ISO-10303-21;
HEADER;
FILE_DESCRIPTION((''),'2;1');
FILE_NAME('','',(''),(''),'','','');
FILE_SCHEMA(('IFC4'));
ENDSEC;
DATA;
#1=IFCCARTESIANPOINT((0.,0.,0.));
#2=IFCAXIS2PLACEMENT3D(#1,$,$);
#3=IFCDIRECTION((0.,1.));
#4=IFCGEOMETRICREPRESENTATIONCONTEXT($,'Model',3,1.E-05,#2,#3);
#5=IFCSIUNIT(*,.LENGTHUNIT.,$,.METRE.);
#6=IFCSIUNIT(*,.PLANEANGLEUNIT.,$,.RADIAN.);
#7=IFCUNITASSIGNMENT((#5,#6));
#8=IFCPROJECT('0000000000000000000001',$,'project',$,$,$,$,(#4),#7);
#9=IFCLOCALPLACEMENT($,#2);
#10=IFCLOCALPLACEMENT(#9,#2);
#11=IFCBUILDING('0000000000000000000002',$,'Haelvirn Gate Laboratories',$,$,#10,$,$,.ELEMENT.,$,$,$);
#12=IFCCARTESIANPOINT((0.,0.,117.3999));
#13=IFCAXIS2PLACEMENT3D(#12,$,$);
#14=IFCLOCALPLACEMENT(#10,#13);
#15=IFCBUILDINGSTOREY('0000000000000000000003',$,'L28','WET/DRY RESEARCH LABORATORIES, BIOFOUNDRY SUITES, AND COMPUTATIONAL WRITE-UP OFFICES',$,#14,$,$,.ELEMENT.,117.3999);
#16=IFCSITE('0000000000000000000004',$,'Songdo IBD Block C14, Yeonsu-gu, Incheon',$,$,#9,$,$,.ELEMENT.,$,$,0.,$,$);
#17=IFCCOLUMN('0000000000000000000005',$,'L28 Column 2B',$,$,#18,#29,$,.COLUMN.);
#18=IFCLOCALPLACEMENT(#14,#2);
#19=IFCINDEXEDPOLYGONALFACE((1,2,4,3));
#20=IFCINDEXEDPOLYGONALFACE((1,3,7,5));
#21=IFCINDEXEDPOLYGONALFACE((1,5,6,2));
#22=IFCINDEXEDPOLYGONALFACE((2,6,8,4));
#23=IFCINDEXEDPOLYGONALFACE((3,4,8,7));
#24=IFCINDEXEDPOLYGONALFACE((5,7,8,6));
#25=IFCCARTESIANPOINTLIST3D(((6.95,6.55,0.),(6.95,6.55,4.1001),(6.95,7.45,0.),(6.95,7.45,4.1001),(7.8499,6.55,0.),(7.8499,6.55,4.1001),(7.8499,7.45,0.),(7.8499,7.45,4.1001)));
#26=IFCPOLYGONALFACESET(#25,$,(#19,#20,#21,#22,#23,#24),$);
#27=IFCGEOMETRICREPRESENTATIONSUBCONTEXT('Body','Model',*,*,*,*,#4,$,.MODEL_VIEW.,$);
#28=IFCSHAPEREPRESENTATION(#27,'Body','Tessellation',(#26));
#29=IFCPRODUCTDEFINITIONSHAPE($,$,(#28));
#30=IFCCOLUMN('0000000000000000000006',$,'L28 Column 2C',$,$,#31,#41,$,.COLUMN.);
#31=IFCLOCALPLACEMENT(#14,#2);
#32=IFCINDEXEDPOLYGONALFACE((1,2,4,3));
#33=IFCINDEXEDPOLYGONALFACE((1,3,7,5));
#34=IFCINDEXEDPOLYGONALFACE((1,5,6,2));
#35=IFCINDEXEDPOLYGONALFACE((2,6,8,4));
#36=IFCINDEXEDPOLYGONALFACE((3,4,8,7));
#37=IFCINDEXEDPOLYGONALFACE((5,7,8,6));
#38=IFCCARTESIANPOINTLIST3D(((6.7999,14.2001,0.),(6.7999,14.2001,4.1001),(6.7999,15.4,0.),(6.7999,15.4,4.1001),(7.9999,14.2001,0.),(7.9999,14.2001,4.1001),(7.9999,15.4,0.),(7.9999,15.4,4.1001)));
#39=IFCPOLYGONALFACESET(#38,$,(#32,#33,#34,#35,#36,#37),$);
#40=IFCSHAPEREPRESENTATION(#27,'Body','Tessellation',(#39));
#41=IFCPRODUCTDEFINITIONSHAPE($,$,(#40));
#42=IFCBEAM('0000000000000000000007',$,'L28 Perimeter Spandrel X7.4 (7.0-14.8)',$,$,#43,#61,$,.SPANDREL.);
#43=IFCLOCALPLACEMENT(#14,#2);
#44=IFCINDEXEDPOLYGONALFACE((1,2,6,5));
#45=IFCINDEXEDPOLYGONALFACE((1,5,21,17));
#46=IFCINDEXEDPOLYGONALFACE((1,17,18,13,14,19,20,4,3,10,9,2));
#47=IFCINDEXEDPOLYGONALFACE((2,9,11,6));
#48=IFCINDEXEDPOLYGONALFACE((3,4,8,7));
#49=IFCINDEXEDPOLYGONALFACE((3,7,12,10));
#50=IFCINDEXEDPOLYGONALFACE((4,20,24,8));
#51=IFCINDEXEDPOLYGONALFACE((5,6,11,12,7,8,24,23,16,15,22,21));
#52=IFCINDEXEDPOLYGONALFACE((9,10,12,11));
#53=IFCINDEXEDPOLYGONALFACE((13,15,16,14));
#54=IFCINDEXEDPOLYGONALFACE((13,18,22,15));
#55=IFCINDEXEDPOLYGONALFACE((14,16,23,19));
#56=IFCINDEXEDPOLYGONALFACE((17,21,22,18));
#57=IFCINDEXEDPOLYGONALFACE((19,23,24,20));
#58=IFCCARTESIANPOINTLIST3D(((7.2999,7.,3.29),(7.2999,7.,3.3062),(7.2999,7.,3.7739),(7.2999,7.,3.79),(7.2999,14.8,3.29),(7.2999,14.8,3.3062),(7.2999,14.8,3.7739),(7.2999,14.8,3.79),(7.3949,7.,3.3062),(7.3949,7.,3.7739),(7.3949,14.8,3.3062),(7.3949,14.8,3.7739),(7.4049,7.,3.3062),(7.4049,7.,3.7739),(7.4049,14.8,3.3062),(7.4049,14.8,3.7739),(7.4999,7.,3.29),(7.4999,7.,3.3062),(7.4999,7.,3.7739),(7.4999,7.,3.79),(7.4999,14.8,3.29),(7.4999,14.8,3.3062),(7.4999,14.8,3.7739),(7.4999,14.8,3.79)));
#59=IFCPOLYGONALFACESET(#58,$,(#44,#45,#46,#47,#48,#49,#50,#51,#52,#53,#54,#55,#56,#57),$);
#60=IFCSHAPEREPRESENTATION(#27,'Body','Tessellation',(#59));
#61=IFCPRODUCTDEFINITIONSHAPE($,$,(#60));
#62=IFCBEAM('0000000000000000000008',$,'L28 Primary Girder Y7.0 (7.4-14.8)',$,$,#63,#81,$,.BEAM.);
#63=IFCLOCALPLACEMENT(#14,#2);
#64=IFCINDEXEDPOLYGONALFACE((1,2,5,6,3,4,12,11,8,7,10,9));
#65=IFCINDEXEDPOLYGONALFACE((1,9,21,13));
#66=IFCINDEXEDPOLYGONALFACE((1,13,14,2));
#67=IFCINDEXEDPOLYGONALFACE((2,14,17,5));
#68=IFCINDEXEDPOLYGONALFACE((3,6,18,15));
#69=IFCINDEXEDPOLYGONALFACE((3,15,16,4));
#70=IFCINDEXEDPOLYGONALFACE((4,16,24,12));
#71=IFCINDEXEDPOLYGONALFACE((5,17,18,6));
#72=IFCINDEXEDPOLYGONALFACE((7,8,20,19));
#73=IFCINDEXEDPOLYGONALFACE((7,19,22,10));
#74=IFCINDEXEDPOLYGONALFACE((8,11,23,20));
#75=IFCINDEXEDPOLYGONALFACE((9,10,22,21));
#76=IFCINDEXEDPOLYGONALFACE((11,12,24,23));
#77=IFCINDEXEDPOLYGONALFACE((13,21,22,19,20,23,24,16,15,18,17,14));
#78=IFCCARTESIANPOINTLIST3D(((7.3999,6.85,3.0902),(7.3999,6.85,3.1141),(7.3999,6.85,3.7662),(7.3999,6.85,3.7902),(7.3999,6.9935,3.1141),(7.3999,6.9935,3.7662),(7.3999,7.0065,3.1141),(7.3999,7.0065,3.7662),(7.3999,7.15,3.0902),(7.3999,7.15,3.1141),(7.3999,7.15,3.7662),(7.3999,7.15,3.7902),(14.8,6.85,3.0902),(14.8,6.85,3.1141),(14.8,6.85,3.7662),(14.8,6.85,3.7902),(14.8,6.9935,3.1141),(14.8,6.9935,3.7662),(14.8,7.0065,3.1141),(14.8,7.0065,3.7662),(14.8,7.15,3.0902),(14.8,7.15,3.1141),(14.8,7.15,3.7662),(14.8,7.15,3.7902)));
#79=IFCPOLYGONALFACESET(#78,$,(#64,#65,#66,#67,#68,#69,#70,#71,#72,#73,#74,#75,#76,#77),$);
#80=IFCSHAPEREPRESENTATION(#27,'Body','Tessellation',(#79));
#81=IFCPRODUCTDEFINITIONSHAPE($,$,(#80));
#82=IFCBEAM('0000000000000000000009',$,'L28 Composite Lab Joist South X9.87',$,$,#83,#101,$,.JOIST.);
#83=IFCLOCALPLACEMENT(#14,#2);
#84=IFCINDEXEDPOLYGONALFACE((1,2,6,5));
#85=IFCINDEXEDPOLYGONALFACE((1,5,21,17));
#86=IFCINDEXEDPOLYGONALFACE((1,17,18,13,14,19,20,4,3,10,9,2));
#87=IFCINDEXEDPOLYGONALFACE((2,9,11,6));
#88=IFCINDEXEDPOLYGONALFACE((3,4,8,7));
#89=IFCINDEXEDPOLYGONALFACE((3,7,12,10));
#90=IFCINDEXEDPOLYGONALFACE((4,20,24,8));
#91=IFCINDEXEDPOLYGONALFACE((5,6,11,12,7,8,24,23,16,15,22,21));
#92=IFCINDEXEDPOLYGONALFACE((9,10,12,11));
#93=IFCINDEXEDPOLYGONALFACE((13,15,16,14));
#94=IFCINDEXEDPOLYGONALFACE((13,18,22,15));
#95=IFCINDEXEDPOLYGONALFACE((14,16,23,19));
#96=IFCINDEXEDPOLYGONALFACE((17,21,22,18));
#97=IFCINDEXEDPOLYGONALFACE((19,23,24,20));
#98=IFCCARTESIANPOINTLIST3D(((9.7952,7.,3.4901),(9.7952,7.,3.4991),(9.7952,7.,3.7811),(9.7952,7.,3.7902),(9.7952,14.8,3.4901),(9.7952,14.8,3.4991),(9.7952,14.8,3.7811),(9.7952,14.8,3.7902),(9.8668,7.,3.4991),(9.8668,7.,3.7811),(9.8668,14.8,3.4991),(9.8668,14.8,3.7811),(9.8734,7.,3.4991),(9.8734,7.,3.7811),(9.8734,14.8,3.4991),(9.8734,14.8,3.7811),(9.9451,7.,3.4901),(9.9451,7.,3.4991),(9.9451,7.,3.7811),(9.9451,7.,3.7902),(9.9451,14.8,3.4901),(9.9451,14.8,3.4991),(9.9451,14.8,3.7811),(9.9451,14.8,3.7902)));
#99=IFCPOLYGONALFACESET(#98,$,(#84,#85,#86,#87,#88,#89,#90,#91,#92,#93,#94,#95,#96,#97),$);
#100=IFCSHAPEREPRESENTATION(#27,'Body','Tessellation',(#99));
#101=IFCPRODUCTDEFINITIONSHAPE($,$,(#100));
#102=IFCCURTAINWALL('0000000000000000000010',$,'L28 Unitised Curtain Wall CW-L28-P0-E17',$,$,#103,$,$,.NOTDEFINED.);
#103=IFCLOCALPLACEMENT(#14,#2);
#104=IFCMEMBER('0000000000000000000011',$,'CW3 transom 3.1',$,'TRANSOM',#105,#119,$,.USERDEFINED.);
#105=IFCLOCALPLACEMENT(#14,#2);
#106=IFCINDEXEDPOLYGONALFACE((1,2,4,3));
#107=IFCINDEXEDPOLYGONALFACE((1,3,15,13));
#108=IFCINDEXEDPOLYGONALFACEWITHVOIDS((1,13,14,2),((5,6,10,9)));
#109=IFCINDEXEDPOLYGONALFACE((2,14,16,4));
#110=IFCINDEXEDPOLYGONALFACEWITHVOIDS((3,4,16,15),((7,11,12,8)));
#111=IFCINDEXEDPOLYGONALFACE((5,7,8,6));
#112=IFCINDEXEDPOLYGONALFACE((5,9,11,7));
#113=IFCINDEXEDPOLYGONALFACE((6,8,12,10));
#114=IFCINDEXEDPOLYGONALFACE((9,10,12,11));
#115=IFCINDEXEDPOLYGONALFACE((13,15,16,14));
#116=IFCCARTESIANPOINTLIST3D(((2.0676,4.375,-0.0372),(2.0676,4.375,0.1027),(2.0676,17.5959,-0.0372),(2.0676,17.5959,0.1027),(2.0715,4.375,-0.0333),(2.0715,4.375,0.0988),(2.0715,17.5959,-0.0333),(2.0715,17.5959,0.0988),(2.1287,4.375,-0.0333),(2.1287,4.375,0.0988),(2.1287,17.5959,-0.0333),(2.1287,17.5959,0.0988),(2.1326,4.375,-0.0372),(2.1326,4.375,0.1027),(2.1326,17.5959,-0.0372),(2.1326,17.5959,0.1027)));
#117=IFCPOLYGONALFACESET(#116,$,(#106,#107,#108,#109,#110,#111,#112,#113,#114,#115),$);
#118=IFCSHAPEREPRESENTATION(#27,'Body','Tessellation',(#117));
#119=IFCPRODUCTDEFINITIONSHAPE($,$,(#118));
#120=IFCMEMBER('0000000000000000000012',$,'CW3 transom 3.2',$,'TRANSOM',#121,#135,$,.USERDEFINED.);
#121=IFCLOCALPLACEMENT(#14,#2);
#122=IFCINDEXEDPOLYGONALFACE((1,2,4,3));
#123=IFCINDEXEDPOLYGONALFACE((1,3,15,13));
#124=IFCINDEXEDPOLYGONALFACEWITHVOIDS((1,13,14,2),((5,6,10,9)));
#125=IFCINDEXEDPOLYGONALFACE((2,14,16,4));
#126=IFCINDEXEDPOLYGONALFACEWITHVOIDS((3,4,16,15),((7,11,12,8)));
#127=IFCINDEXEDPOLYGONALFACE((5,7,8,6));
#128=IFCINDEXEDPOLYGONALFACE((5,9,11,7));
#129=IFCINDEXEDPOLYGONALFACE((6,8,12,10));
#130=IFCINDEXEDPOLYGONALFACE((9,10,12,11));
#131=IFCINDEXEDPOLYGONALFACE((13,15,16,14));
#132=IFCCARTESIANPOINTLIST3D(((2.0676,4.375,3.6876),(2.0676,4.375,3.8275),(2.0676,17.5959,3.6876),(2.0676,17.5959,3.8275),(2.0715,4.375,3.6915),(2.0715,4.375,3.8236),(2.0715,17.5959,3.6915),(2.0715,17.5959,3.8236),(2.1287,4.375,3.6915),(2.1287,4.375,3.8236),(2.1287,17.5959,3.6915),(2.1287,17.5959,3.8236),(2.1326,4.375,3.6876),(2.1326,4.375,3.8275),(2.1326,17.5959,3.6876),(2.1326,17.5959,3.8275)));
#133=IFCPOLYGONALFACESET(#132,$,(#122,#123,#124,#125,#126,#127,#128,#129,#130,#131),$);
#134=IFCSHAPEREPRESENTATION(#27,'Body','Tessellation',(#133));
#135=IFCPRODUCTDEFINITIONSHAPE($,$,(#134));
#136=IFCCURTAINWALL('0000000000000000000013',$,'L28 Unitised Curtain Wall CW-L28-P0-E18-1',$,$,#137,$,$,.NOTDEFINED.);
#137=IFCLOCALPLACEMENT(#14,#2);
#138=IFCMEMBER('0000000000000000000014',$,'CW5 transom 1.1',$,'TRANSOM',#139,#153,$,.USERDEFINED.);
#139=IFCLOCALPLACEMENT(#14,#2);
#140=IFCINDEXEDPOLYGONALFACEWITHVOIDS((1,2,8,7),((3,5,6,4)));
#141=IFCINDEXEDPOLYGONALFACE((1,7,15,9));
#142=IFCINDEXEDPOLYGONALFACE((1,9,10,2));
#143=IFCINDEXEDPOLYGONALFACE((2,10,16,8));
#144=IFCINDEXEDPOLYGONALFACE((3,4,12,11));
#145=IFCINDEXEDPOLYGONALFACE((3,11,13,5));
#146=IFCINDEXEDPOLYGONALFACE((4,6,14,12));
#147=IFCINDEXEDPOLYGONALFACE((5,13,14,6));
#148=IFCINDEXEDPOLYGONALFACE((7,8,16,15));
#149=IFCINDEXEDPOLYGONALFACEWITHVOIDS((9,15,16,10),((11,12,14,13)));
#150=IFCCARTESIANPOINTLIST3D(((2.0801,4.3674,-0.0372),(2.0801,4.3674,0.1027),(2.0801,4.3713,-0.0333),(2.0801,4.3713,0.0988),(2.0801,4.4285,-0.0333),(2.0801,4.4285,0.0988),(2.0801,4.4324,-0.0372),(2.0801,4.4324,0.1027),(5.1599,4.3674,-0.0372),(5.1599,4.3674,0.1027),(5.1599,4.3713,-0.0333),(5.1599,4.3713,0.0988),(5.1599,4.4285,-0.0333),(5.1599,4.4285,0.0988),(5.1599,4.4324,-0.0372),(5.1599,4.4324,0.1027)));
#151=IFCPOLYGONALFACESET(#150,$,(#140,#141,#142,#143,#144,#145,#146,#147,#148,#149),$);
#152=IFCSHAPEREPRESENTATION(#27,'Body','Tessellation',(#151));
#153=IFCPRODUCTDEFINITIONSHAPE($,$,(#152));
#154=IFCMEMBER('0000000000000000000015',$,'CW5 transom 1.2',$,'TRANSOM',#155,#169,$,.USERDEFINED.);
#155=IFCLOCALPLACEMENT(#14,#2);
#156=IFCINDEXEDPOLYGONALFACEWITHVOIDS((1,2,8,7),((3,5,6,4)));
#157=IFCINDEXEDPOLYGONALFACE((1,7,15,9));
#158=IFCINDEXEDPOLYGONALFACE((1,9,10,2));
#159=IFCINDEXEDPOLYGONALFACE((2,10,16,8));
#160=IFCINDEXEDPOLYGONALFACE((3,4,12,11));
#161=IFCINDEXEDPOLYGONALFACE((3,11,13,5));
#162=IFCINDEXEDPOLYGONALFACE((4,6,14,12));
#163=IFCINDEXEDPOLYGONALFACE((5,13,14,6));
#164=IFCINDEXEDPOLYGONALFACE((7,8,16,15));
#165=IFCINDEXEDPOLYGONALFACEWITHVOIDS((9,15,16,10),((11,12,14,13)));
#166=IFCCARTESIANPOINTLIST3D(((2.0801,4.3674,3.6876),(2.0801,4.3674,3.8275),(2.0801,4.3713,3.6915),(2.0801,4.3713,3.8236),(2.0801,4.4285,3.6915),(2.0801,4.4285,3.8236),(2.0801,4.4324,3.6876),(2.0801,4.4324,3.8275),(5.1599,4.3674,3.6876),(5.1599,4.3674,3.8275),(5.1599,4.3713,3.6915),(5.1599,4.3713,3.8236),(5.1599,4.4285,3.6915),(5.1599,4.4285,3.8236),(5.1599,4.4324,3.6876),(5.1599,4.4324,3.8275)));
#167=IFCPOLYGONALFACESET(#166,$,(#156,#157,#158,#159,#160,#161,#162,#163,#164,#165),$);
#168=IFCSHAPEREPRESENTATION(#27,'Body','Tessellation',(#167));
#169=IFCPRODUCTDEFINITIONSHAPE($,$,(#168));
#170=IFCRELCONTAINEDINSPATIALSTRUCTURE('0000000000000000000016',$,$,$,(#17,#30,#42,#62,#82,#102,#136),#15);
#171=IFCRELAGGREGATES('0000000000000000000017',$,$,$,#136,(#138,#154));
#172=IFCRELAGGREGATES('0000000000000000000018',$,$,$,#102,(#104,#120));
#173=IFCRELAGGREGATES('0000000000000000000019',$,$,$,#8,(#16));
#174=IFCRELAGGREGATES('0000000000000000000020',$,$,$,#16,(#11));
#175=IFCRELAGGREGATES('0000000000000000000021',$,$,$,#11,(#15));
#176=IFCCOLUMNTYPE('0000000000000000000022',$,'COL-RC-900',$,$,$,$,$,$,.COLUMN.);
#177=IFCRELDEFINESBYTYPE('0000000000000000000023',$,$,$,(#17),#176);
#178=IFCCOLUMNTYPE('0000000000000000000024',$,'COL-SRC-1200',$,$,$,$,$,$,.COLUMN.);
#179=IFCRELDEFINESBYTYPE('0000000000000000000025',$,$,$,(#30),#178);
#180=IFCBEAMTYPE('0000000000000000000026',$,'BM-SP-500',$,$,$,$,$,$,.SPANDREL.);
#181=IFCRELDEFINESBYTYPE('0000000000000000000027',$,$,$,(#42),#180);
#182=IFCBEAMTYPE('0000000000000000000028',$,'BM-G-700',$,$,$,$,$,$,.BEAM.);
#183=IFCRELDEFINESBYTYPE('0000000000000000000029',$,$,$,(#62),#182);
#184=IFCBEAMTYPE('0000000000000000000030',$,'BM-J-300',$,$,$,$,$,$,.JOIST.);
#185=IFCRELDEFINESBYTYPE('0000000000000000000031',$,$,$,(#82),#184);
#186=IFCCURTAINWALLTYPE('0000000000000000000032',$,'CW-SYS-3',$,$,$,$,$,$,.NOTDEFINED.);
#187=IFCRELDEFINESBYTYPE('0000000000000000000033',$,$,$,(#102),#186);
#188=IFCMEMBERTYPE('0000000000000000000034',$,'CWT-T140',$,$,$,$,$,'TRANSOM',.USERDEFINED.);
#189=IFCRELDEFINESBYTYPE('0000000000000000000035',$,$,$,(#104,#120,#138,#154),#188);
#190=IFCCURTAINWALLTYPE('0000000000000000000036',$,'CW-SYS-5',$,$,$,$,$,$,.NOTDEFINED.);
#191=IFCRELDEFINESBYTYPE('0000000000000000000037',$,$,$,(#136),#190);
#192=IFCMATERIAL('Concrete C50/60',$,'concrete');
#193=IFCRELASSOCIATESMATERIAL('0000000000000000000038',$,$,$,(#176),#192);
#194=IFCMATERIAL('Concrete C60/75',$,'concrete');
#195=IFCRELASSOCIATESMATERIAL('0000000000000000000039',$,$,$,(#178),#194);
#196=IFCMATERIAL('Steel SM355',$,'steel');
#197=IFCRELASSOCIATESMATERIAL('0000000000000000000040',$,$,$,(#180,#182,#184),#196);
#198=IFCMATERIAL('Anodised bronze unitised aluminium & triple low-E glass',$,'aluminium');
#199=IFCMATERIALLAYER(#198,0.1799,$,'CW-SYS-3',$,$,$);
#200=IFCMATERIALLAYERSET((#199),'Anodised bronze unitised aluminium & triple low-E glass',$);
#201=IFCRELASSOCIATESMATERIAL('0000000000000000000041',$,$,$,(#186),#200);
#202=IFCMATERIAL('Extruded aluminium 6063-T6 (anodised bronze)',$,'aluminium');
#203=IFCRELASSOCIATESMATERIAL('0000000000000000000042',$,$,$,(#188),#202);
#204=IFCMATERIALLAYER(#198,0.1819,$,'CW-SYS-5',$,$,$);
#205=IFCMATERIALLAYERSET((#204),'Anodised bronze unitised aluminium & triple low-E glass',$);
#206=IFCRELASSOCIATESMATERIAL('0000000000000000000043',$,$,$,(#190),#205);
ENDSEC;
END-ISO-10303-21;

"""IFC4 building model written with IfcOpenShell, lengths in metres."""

from ifc_helpers import new_model, si_unit, direction, frame, origin, origin_2d, place, context, subcontext, project, spatial, rectangle, hollow_rectangle, i_section, extrude, source, transform, mapped, material, layer, layer_set, material_profile, profile_set, type_object, type_shapes, element, aggregate, save


model = new_model("IFC4")

# Units and contexts
model_context = context("Model", 3, precision=1e-05, world=origin(), true_north=direction((0.0, 1.0)))
body_context = subcontext(model_context, "Body", "Model", "MODEL_VIEW")
ifc_project = project(units=[si_unit("LENGTHUNIT", "METRE"), si_unit("PLANEANGLEUNIT", "RADIAN")], contexts=[model_context])

# Site, building, storey
site_placement = place(None, origin())
site = spatial("IfcSite", under=ifc_project, at=site_placement, Name="Songdo IBD Block C14, Yeonsu-gu, Incheon", CompositionType="ELEMENT", RefElevation=0.0)
building_placement = place(site_placement, origin())
building = spatial("IfcBuilding", under=site, at=building_placement, Name="Haelvirn Gate Laboratories", CompositionType="ELEMENT")
storey_placement = place(building_placement, frame((0.0, 0.0, 117.3999)))
storey = spatial("IfcBuildingStorey", under=building, at=storey_placement, Name="L28", Description="WET/DRY RESEARCH LABORATORIES, BIOFOUNDRY SUITES, AND COMPUTATIONAL WRITE-UP OFFICES", CompositionType="ELEMENT", Elevation=117.3999)

# Columns
ifc_material_1 = material(Name="Concrete C50/60", Category="concrete")
ifc_material_profile_1 = material_profile(ifc_material_1, rectangle(XDim=0.8999, YDim=0.8999, at=origin_2d()), Name="RC-900x900")
ifc_profile_set_1 = profile_set([ifc_material_profile_1], Name="Concrete C50/60")
column_type_1 = type_object("IfcColumnType", Name="COL-RC-900", PredefinedType="COLUMN", material=ifc_profile_set_1)
shared_shape_1 = source(origin(), body_context, "Body", "SweptSolid", [
    extrude(rectangle(XDim=0.8999, YDim=0.8999, at=origin_2d()), origin(), (0.0, 0.0, 1.0), 4.1001),
])
type_shapes(column_type_1, [shared_shape_1])
column_1_placement = place(storey_placement, frame((7.3999, 7.0, 0.0), z_axis=(0.0, 0.0, 1.0), x_axis=(1.0, 0.0, 0.0)))
element("IfcColumn", 1, at=column_1_placement, inside=storey, type_object=column_type_1, Name="L28 Column 2B", PredefinedType="COLUMN", context=body_context, shape_type="MappedRepresentation", body=[
    mapped(shared_shape_1, transform((0.0, 0.0, 0.0), scale=1.0)),
])
ifc_material_2 = material(Name="Concrete C60/75", Category="concrete")
ifc_material_profile_2 = material_profile(ifc_material_2, rectangle(XDim=1.2, YDim=1.2, at=origin_2d()), Name="SRC-1200x1200")
ifc_profile_set_2 = profile_set([ifc_material_profile_2], Name="Concrete C60/75")
column_type_2 = type_object("IfcColumnType", Name="COL-SRC-1200", PredefinedType="COLUMN", material=ifc_profile_set_2)
shared_shape_2 = source(origin(), body_context, "Body", "SweptSolid", [
    extrude(rectangle(XDim=1.2, YDim=1.2, at=origin_2d()), origin(), (0.0, 0.0, 1.0), 4.1001),
])
type_shapes(column_type_2, [shared_shape_2])
column_2_placement = place(storey_placement, frame((7.3999, 14.8, 0.0), z_axis=(0.0, 0.0, 1.0), x_axis=(1.0, 0.0, 0.0)))
element("IfcColumn", 2, at=column_2_placement, inside=storey, type_object=column_type_2, Name="L28 Column 2C", PredefinedType="COLUMN", context=body_context, shape_type="MappedRepresentation", body=[
    mapped(shared_shape_2, transform((0.0, 0.0, 0.0), scale=1.0)),
])

# Beams
ifc_material_3 = material(Name="Steel SM355", Category="steel")
ifc_material_profile_3 = material_profile(ifc_material_3, i_section(OverallWidth=0.2, OverallDepth=0.5, WebThickness=0.01, FlangeThickness=0.0161, at=origin_2d()), Name="H-500x200x10x16")
ifc_profile_set_3 = profile_set([ifc_material_profile_3], Name="Steel SM355")
beam_type_1 = type_object("IfcBeamType", Name="BM-SP-500", PredefinedType="SPANDREL", material=ifc_profile_set_3)
shared_shape_3 = source(origin(), body_context, "Body", "SweptSolid", [
    extrude(i_section(OverallWidth=0.2, OverallDepth=0.5, WebThickness=0.01, FlangeThickness=0.0161, at=origin_2d()), origin(), (0.0, 0.0, 1.0), 7.8),
])
type_shapes(beam_type_1, [shared_shape_3])
beam_1_placement = place(storey_placement, frame((7.3999, 7.0, 3.54), z_axis=(0.0, 1.0, 0.0), x_axis=(-1.0, 0.0, 0.0)))
element("IfcBeam", 3, at=beam_1_placement, inside=storey, type_object=beam_type_1, Name="L28 Perimeter Spandrel X7.4 (7.0-14.8)", PredefinedType="SPANDREL", context=body_context, shape_type="MappedRepresentation", body=[
    mapped(shared_shape_3, transform((0.0, 0.0, 0.0), scale=1.0)),
])
ifc_material_profile_4 = material_profile(ifc_material_3, i_section(OverallWidth=0.3, OverallDepth=0.7, WebThickness=0.0129, FlangeThickness=0.0239, at=origin_2d()), Name="H-700x300x13x24")
ifc_profile_set_4 = profile_set([ifc_material_profile_4], Name="Steel SM355")
beam_type_2 = type_object("IfcBeamType", Name="BM-G-700", PredefinedType="BEAM", material=ifc_profile_set_4)
shared_shape_4 = source(origin(), body_context, "Body", "SweptSolid", [
    extrude(i_section(OverallWidth=0.3, OverallDepth=0.7, WebThickness=0.0129, FlangeThickness=0.0239, at=origin_2d()), origin(), (0.0, 0.0, 1.0), 7.4001),
])
type_shapes(beam_type_2, [shared_shape_4])
beam_2_placement = place(storey_placement, frame((7.3999, 7.0, 3.4402), z_axis=(1.0, 0.0, 0.0), x_axis=(0.0, 1.0, 0.0)))
element("IfcBeam", 4, at=beam_2_placement, inside=storey, type_object=beam_type_2, Name="L28 Primary Girder Y7.0 (7.4-14.8)", PredefinedType="BEAM", context=body_context, shape_type="MappedRepresentation", body=[
    mapped(shared_shape_4, transform((0.0, 0.0, 0.0), scale=1.0)),
])
ifc_material_profile_5 = material_profile(ifc_material_3, i_section(OverallWidth=0.1499, OverallDepth=0.3, WebThickness=0.0066, FlangeThickness=0.009, at=origin_2d()), Name="H-300x150x6.5x9")
ifc_profile_set_5 = profile_set([ifc_material_profile_5], Name="Steel SM355")
beam_type_3 = type_object("IfcBeamType", Name="BM-J-300", PredefinedType="JOIST", material=ifc_profile_set_5)
shared_shape_5 = source(origin(), body_context, "Body", "SweptSolid", [
    extrude(i_section(OverallWidth=0.1499, OverallDepth=0.3, WebThickness=0.0066, FlangeThickness=0.009, at=origin_2d()), origin(), (0.0, 0.0, 1.0), 7.8),
])
type_shapes(beam_type_3, [shared_shape_5])
beam_3_placement = place(storey_placement, frame((9.8701, 7.0, 3.6401), z_axis=(0.0, 1.0, 0.0), x_axis=(-1.0, 0.0, 0.0)))
element("IfcBeam", 5, at=beam_3_placement, inside=storey, type_object=beam_type_3, Name="L28 Composite Lab Joist South X9.87", PredefinedType="JOIST", context=body_context, shape_type="MappedRepresentation", body=[
    mapped(shared_shape_5, transform((0.0, 0.0, 0.0), scale=1.0)),
])

# Curtain walls, members
ifc_material_4 = material(Name="Anodised bronze unitised aluminium & triple low-E glass", Category="aluminium")
ifc_layer_1 = layer(ifc_material_4, 0.1799, Name="CW-SYS-3")
ifc_layer_set_1 = layer_set([ifc_layer_1], Name="Anodised bronze unitised aluminium & triple low-E glass")
curtain_wall_type_1 = type_object("IfcCurtainWallType", Name="CW-SYS-3", PredefinedType="NOTDEFINED", material=ifc_layer_set_1)
curtain_wall_1_placement = place(storey_placement, origin())
curtain_wall_1 = element("IfcCurtainWall", 6, at=curtain_wall_1_placement, inside=storey, type_object=curtain_wall_type_1, Name="L28 Unitised Curtain Wall CW-L28-P0-E17", PredefinedType="NOTDEFINED")
ifc_material_5 = material(Name="Extruded aluminium 6063-T6 (anodised bronze)", Category="aluminium")
ifc_material_profile_6 = material_profile(ifc_material_5, hollow_rectangle(XDim=0.0649, YDim=0.1399, WallThickness=0.0039, at=origin_2d()), Name="CWT-140x65x4")
ifc_profile_set_6 = profile_set([ifc_material_profile_6], Name="Extruded aluminium 6063-T6 (anodised bronze)")
member_type_1 = type_object("IfcMemberType", Name="CWT-T140", ElementType="TRANSOM", PredefinedType="USERDEFINED", material=ifc_profile_set_6)
shared_shape_6 = source(origin(), body_context, "Body", "SweptSolid", [
    extrude(hollow_rectangle(XDim=0.0649, YDim=0.1399, WallThickness=0.0039, at=origin_2d()), origin(), (0.0, 0.0, 1.0), 13.2209),
])
member_1_placement = place(storey_placement, frame((2.1001, 17.5959, 0.0327), z_axis=(0.0, -1.0, 0.0), x_axis=(1.0, 0.0, 0.0)))
member_1 = element("IfcMember", 7, at=member_1_placement, type_object=member_type_1, Name="CW3 transom 3.1", ObjectType="TRANSOM", PredefinedType="USERDEFINED", context=body_context, shape_type="MappedRepresentation", body=[
    mapped(shared_shape_6, transform((0.0, 0.0, 0.0), scale=1.0)),
])
member_2_placement = place(storey_placement, frame((2.1001, 17.5959, 3.7576), z_axis=(0.0, -1.0, 0.0), x_axis=(1.0, 0.0, 0.0)))
member_2 = element("IfcMember", 8, at=member_2_placement, type_object=member_type_1, Name="CW3 transom 3.2", ObjectType="TRANSOM", PredefinedType="USERDEFINED", context=body_context, shape_type="MappedRepresentation", body=[
    mapped(shared_shape_6, transform((0.0, 0.0, 0.0), scale=1.0)),
])
ifc_layer_2 = layer(ifc_material_4, 0.1819, Name="CW-SYS-5")
ifc_layer_set_2 = layer_set([ifc_layer_2], Name="Anodised bronze unitised aluminium & triple low-E glass")
curtain_wall_type_2 = type_object("IfcCurtainWallType", Name="CW-SYS-5", PredefinedType="NOTDEFINED", material=ifc_layer_set_2)
curtain_wall_2_placement = place(storey_placement, origin())
curtain_wall_2 = element("IfcCurtainWall", 9, at=curtain_wall_2_placement, inside=storey, type_object=curtain_wall_type_2, Name="L28 Unitised Curtain Wall CW-L28-P0-E18-1", PredefinedType="NOTDEFINED")
shared_shape_7 = source(origin(), body_context, "Body", "SweptSolid", [
    extrude(hollow_rectangle(XDim=0.0649, YDim=0.1399, WallThickness=0.0039, at=origin_2d()), origin(), (0.0, 0.0, 1.0), 3.0798),
])
type_shapes(member_type_1, [shared_shape_6, shared_shape_7])
member_3_placement = place(storey_placement, frame((2.0801, 4.3999, 0.0327), z_axis=(1.0, 0.0, 0.0), x_axis=(0.0, 1.0, 0.0)))
member_3 = element("IfcMember", 10, at=member_3_placement, type_object=member_type_1, Name="CW5 transom 1.1", ObjectType="TRANSOM", PredefinedType="USERDEFINED", context=body_context, shape_type="MappedRepresentation", body=[
    mapped(shared_shape_7, transform((0.0, 0.0, 0.0), scale=1.0)),
])
member_4_placement = place(storey_placement, frame((2.0801, 4.3999, 3.7576), z_axis=(1.0, 0.0, 0.0), x_axis=(0.0, 1.0, 0.0)))
member_4 = element("IfcMember", 11, at=member_4_placement, type_object=member_type_1, Name="CW5 transom 1.2", ObjectType="TRANSOM", PredefinedType="USERDEFINED", context=body_context, shape_type="MappedRepresentation", body=[
    mapped(shared_shape_7, transform((0.0, 0.0, 0.0), scale=1.0)),
])

aggregate(curtain_wall_2, [member_3, member_4])
aggregate(curtain_wall_1, [member_1, member_2])

save(model, "model.ifc")
